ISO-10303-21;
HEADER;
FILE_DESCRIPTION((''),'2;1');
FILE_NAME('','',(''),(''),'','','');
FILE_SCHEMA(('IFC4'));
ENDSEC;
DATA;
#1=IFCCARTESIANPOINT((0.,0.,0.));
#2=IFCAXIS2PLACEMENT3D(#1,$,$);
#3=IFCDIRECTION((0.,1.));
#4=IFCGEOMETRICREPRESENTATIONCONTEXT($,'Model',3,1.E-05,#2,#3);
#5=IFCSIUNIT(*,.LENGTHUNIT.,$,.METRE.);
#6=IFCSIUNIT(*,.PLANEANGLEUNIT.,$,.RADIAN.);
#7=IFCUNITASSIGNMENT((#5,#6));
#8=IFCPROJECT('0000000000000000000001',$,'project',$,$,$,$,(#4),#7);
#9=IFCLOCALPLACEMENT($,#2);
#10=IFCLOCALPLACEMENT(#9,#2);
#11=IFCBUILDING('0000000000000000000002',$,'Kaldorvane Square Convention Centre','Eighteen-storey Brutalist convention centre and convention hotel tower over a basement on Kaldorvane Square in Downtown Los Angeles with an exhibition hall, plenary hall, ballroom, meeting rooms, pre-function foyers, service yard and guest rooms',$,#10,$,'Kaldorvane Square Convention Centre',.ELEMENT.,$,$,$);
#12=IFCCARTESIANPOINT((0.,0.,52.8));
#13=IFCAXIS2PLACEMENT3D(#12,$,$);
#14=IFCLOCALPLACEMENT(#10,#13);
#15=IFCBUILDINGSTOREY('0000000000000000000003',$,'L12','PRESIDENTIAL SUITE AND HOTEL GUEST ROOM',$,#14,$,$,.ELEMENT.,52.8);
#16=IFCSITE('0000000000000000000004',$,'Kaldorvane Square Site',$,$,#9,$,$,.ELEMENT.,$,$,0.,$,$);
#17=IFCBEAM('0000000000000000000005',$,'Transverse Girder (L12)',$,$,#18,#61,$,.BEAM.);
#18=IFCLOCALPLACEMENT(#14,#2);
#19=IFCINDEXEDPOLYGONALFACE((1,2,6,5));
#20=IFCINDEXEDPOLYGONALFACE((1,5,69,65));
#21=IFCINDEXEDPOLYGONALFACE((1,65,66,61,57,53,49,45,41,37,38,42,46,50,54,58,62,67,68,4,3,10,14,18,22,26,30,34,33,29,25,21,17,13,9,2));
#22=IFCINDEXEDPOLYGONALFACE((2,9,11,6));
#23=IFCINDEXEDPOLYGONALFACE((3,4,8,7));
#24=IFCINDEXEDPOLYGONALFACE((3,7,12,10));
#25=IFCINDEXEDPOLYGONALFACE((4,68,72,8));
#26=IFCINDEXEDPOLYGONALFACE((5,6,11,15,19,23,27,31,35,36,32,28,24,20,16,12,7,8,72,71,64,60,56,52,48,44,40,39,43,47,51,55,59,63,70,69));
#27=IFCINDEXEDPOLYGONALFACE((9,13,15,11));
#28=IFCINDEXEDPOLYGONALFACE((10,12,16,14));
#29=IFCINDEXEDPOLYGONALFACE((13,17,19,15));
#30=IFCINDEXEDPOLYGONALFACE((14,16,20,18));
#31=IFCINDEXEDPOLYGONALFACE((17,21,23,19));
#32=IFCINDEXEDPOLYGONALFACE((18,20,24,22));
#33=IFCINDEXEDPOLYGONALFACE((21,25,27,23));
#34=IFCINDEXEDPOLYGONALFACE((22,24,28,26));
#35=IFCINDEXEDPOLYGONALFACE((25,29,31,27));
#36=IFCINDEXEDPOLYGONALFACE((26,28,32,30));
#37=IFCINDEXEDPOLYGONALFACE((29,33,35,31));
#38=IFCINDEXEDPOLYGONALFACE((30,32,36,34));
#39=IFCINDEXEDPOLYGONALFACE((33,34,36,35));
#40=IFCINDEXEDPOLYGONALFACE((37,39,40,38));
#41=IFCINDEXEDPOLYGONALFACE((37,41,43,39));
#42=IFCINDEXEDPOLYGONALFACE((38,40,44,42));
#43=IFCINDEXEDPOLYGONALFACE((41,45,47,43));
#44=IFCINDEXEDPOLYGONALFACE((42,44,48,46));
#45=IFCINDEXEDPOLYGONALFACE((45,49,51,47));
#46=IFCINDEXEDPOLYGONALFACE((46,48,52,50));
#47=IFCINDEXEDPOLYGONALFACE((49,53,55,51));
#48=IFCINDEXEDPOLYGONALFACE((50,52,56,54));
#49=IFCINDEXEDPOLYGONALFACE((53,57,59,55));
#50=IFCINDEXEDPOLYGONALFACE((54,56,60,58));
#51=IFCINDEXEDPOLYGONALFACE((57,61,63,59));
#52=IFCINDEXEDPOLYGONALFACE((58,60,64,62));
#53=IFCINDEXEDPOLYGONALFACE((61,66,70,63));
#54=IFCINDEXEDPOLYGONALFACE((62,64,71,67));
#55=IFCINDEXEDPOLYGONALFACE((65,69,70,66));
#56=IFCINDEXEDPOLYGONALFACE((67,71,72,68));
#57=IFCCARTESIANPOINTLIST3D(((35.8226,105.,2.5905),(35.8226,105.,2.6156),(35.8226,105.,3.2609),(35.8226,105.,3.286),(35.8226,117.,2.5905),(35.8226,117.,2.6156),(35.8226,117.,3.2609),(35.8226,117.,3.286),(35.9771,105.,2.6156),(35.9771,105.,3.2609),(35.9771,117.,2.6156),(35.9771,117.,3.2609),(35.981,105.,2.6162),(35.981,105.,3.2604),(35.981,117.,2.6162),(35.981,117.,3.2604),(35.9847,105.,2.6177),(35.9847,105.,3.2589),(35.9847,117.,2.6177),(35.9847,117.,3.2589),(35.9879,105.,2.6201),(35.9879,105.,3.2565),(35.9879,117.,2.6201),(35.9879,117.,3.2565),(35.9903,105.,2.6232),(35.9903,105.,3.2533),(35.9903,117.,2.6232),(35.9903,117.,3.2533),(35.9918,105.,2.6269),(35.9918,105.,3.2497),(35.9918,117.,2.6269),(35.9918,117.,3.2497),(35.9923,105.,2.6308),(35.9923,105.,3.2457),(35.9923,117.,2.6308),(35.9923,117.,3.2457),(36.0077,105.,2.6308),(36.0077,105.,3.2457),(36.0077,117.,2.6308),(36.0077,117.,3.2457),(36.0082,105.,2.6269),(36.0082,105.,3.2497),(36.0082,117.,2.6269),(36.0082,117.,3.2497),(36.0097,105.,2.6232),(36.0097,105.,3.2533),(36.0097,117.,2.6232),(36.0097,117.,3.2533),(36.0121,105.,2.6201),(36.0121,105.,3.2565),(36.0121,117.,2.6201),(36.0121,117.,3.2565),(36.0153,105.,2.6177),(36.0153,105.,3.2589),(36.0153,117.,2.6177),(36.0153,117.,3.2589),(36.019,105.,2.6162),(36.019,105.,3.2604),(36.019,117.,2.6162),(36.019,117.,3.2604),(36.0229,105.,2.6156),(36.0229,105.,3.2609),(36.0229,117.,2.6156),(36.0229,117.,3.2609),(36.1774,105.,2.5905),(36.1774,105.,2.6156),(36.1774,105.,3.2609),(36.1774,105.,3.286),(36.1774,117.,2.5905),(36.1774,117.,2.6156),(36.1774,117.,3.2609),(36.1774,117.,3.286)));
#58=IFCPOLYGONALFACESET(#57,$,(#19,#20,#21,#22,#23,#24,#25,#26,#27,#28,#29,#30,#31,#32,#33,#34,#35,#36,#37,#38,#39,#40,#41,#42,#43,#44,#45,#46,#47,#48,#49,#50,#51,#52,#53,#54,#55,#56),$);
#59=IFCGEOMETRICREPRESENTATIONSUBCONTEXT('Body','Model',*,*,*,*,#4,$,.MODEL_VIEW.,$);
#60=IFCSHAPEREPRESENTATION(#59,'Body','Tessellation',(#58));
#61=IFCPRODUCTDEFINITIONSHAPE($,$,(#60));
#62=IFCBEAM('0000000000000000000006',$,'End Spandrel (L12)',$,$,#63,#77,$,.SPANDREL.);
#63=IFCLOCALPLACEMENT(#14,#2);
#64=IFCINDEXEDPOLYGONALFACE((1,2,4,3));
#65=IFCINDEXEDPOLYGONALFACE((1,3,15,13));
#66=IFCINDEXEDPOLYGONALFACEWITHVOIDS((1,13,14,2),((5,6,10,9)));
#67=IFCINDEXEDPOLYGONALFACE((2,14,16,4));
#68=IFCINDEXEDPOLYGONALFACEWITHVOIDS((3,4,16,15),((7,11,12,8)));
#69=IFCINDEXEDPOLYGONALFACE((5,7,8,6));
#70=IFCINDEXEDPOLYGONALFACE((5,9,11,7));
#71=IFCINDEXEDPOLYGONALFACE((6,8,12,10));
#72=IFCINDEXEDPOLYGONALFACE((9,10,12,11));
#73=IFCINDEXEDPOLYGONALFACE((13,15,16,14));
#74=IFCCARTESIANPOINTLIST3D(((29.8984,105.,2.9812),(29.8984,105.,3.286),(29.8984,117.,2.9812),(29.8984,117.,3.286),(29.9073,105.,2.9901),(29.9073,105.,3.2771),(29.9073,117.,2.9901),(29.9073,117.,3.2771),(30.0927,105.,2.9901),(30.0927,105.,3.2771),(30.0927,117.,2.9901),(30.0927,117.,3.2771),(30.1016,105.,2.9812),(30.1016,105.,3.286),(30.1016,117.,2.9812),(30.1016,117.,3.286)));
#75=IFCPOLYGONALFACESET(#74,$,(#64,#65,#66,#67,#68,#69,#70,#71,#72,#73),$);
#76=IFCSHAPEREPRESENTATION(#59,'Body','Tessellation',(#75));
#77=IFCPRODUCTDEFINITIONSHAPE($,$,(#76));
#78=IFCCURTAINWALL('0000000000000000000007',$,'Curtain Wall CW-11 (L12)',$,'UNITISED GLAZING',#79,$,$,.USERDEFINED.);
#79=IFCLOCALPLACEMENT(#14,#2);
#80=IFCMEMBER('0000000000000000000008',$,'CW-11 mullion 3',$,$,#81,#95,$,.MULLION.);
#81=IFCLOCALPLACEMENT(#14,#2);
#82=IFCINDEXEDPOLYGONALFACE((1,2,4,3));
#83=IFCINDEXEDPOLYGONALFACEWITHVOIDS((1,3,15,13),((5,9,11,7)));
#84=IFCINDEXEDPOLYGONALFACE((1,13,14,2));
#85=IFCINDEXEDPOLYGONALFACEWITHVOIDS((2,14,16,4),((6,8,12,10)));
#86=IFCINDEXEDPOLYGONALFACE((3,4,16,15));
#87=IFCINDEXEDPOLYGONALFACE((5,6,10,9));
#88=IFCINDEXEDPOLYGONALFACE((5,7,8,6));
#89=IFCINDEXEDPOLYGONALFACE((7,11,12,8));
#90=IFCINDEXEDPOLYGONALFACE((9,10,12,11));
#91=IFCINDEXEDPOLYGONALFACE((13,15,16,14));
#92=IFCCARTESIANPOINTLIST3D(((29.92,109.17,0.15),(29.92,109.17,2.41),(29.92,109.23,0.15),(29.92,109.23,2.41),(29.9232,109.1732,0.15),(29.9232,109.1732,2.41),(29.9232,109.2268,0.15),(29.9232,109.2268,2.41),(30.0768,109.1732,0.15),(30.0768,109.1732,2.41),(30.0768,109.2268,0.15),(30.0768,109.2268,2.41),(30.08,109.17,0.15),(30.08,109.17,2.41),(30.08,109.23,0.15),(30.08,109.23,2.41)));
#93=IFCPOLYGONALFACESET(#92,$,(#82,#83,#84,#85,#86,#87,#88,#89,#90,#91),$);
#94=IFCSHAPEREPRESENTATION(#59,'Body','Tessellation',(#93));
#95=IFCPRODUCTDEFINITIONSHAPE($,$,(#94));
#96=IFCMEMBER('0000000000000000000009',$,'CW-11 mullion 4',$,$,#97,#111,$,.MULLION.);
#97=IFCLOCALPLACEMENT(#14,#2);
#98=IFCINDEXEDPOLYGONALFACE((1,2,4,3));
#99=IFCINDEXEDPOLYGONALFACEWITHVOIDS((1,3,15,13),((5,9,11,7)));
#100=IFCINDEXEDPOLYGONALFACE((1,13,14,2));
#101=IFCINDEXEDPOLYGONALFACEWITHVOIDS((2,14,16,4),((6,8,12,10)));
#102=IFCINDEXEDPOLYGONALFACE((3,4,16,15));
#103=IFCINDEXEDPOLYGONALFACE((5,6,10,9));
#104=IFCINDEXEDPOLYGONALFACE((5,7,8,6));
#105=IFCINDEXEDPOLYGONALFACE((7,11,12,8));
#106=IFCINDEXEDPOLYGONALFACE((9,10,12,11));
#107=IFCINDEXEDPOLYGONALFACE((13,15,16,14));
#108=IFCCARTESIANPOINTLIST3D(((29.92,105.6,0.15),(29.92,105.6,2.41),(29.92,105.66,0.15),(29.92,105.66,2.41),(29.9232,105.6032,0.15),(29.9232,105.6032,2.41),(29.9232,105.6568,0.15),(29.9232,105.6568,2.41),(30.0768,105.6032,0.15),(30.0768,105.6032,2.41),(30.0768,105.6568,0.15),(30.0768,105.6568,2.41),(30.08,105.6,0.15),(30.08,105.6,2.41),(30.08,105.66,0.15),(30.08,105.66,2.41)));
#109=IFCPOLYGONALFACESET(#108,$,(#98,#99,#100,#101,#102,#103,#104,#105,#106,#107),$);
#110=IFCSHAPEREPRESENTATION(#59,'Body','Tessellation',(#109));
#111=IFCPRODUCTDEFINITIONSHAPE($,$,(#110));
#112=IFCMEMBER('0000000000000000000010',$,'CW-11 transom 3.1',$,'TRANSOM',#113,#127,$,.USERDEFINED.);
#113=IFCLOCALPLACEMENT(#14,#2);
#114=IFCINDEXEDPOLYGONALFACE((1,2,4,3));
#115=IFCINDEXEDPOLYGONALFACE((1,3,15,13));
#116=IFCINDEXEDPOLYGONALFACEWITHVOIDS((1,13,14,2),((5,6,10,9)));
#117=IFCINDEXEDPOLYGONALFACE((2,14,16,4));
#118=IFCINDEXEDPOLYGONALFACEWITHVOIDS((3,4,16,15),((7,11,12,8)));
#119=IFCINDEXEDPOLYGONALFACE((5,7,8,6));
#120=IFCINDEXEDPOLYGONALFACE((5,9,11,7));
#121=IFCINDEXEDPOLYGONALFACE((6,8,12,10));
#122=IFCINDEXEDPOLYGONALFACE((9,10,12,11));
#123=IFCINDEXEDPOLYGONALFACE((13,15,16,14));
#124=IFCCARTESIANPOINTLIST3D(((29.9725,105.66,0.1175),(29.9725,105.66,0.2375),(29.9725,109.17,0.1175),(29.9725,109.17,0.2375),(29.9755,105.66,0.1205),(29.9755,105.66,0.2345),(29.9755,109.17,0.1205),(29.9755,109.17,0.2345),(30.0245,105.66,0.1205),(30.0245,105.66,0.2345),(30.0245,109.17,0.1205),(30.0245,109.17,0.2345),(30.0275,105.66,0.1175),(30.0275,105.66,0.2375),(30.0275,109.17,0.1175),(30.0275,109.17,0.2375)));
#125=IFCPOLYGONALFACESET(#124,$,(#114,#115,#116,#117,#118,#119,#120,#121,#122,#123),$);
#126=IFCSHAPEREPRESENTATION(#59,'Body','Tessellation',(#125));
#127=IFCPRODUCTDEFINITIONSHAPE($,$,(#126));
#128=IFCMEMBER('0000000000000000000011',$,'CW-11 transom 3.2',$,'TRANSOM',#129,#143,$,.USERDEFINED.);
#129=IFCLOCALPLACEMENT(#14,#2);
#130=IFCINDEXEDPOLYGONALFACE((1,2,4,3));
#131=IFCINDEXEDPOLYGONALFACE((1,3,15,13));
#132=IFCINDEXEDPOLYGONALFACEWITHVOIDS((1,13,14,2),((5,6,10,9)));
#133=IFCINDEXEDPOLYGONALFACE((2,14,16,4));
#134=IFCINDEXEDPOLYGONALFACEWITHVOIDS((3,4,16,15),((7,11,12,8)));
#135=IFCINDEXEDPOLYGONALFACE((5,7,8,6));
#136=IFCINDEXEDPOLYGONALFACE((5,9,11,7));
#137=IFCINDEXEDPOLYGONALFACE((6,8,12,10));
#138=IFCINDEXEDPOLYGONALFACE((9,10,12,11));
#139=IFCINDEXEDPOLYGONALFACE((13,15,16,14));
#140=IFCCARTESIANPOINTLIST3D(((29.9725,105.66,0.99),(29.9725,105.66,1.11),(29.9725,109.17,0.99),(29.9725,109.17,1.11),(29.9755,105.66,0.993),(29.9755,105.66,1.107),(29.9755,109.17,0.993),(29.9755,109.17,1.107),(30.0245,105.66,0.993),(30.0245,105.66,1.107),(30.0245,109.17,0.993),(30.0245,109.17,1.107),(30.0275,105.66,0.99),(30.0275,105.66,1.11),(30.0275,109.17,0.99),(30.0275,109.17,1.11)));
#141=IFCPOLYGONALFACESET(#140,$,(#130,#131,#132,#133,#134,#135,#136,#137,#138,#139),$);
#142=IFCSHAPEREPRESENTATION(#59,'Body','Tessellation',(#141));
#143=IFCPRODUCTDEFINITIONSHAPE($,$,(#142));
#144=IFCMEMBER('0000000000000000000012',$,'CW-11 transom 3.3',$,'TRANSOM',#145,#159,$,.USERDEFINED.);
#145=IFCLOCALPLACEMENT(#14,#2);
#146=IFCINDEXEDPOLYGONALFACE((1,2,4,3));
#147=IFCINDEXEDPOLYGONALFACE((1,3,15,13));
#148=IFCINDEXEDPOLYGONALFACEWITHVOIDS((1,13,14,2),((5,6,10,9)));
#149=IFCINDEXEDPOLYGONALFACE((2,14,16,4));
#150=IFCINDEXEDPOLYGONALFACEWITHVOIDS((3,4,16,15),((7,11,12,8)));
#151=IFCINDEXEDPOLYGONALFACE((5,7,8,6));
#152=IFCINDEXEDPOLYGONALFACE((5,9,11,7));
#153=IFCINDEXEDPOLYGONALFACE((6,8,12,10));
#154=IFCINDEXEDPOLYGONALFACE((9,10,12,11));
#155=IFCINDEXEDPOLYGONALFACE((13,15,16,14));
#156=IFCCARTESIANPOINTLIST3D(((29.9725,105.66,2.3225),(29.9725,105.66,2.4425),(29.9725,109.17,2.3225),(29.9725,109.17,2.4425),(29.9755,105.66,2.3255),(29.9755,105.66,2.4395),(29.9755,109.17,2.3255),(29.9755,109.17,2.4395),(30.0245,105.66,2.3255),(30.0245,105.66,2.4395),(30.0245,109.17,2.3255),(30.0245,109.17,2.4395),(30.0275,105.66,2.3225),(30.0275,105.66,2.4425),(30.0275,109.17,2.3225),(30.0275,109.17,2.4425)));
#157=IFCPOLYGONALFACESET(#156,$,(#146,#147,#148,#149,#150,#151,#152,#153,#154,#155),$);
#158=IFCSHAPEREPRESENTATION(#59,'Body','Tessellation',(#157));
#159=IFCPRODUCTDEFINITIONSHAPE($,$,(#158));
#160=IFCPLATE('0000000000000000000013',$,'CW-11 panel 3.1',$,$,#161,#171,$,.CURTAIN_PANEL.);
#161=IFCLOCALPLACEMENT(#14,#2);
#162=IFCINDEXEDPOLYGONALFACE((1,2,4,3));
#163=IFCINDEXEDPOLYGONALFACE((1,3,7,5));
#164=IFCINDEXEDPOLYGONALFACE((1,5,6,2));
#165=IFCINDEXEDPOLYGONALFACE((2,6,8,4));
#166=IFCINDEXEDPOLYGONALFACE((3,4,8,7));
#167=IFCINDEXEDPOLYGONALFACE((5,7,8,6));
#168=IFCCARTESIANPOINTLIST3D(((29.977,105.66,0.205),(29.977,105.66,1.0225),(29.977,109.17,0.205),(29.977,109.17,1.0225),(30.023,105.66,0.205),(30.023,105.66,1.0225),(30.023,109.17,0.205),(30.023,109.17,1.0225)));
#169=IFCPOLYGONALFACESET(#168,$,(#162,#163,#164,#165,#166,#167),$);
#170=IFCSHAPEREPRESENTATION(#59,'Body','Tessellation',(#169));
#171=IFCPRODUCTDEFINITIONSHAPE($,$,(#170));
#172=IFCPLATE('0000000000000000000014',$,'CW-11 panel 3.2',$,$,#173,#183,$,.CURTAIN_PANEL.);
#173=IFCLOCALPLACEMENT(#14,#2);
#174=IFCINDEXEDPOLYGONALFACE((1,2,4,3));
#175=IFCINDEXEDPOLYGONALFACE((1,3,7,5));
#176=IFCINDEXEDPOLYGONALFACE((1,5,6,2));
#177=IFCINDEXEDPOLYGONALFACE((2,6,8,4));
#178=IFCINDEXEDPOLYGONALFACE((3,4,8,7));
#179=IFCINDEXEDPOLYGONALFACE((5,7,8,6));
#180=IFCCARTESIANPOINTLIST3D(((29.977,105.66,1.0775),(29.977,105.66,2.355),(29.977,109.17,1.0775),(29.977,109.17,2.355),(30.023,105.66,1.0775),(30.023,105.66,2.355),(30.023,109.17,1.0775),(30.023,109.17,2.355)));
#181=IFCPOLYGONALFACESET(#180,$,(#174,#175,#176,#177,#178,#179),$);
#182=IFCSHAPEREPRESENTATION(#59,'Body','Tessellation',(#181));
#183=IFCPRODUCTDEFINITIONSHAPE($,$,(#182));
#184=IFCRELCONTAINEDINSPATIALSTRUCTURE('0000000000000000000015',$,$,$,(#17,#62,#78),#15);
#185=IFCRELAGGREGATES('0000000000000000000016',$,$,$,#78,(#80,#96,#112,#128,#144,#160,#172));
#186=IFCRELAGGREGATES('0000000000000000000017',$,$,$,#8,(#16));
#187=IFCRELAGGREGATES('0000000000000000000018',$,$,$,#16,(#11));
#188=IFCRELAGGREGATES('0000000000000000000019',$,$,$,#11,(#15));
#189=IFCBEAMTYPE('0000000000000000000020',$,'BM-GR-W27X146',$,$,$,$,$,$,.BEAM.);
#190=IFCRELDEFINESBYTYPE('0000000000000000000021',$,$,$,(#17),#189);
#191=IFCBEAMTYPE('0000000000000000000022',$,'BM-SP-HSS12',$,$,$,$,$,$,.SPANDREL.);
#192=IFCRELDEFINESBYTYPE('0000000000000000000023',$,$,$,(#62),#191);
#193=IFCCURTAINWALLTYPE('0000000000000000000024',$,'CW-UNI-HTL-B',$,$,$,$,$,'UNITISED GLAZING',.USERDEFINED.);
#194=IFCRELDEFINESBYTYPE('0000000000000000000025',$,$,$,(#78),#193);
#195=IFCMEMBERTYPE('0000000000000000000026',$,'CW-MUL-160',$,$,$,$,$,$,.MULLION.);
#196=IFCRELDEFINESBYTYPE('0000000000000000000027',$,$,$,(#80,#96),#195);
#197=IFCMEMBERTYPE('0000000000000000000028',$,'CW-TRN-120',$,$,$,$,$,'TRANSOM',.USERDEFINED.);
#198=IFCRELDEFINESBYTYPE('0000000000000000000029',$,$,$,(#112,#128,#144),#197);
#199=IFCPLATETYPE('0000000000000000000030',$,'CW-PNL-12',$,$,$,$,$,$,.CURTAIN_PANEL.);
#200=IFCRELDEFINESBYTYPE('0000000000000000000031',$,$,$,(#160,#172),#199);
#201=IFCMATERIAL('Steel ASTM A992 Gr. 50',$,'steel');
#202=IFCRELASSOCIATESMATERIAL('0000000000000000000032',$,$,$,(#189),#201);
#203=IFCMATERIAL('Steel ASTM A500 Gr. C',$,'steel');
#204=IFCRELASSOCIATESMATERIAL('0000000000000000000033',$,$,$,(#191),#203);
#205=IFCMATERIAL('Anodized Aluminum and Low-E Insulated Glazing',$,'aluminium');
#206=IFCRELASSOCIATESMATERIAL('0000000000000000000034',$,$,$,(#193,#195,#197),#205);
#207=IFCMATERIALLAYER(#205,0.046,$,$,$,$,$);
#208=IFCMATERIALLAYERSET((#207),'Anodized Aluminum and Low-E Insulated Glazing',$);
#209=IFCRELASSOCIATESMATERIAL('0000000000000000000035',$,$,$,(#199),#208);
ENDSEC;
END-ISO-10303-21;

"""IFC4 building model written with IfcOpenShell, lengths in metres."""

from ifc_helpers import new_model, si_unit, direction, frame, origin, origin_2d, place, context, subcontext, project, spatial, rectangle, hollow_rectangle, i_section, extrude, material, layer, layer_set, material_profile, profile_set, type_object, element, aggregate, save


model = new_model("IFC4")

# Units and contexts
model_context = context("Model", 3, precision=1e-05, world=origin(), true_north=direction((0.0, 1.0)))
body_context = subcontext(model_context, "Body", "Model", "MODEL_VIEW")
ifc_project = project(units=[si_unit("LENGTHUNIT", "METRE"), si_unit("PLANEANGLEUNIT", "RADIAN")], contexts=[model_context])

# Site, building, storey
site_placement = place(None, origin())
site = spatial("IfcSite", under=ifc_project, at=site_placement, Name="Kaldorvane Square Site", CompositionType="ELEMENT", RefElevation=0.0)
building_placement = place(site_placement, origin())
building = spatial("IfcBuilding", under=site, at=building_placement, Name="Kaldorvane Square Convention Centre", Description="Eighteen-storey Brutalist convention centre and convention hotel tower over a basement on Kaldorvane Square in Downtown Los Angeles with an exhibition hall, plenary hall, ballroom, meeting rooms, pre-function foyers, service yard and guest rooms", LongName="Kaldorvane Square Convention Centre", CompositionType="ELEMENT")
storey_placement = place(building_placement, frame((0.0, 0.0, 52.8)))
storey = spatial("IfcBuildingStorey", under=building, at=storey_placement, Name="L12", Description="PRESIDENTIAL SUITE AND HOTEL GUEST ROOM", CompositionType="ELEMENT", Elevation=52.8)

# Shared definitions
ifc_material_1 = material(Name="Steel ASTM A992 Gr. 50", Category="steel")

# Beams
ifc_material_profile_1 = material_profile(ifc_material_1, i_section(OverallWidth=0.3547, OverallDepth=0.6955, WebThickness=0.0154, FlangeThickness=0.0251, FilletRadius=0.0152, at=origin_2d()), Name="W27X146")
ifc_profile_set_1 = profile_set([ifc_material_profile_1], Name="Steel ASTM A992 Gr. 50")
beam_type_1 = type_object("IfcBeamType", Name="BM-GR-W27X146", PredefinedType="BEAM", material=ifc_profile_set_1)
beam_1_placement = place(storey_placement, frame((36.0, 105.0, 2.9383), z_axis=(0.0, 1.0, 0.0), x_axis=(-1.0, 0.0, 0.0)))
element("IfcBeam", 1, at=beam_1_placement, inside=storey, type_object=beam_type_1, Name="Transverse Girder (L12)", PredefinedType="BEAM", context=body_context, shape_type="SweptSolid", body=[
    extrude(i_section(OverallWidth=0.3547, OverallDepth=0.6955, WebThickness=0.0154, FlangeThickness=0.0251, FilletRadius=0.0152, at=origin_2d()), origin(), (0.0, 0.0, 1.0), 12.0),
])
ifc_material_2 = material(Name="Steel ASTM A500 Gr. C", Category="steel")
ifc_material_profile_2 = material_profile(ifc_material_2, hollow_rectangle(XDim=0.2032, YDim=0.3048, WallThickness=0.0089, at=origin_2d()), Name="HSS12X8X3/8")
ifc_profile_set_2 = profile_set([ifc_material_profile_2], Name="Steel ASTM A500 Gr. C")
beam_type_2 = type_object("IfcBeamType", Name="BM-SP-HSS12", PredefinedType="SPANDREL", material=ifc_profile_set_2)
beam_2_placement = place(storey_placement, frame((30.0, 105.0, 3.1336), z_axis=(0.0, 1.0, 0.0), x_axis=(-1.0, 0.0, 0.0)))
element("IfcBeam", 2, at=beam_2_placement, inside=storey, type_object=beam_type_2, Name="End Spandrel (L12)", PredefinedType="SPANDREL", context=body_context, shape_type="SweptSolid", body=[
    extrude(hollow_rectangle(XDim=0.2032, YDim=0.3048, WallThickness=0.0089, at=origin_2d()), origin(), (0.0, 0.0, 1.0), 12.0),
])

# Curtain wall, members, plates
ifc_material_3 = material(Name="Anodized Aluminum and Low-E Insulated Glazing", Category="aluminium")
curtain_wall_type = type_object("IfcCurtainWallType", Name="CW-UNI-HTL-B", ElementType="UNITISED GLAZING", PredefinedType="USERDEFINED", material=ifc_material_3)
curtain_wall_placement = place(storey_placement, origin())
curtain_wall = element("IfcCurtainWall", 3, at=curtain_wall_placement, inside=storey, type_object=curtain_wall_type, Name="Curtain Wall CW-11 (L12)", ObjectType="UNITISED GLAZING", PredefinedType="USERDEFINED")
ifc_material_profile_3 = material_profile(ifc_material_3, hollow_rectangle(XDim=0.06, YDim=0.16, WallThickness=0.0032, at=origin_2d()), Name="CWM-160X60")
ifc_profile_set_3 = profile_set([ifc_material_profile_3], Name="Anodized Aluminum and Low-E Insulated Glazing")
member_type_1 = type_object("IfcMemberType", Name="CW-MUL-160", PredefinedType="MULLION", material=ifc_profile_set_3)
member_1_placement = place(storey_placement, frame((30.0, 109.2, 0.15), z_axis=(0.0, 0.0, 1.0), x_axis=(0.0, -1.0, 0.0)))
member_1 = element("IfcMember", 4, at=member_1_placement, type_object=member_type_1, Name="CW-11 mullion 3", PredefinedType="MULLION", context=body_context, shape_type="SweptSolid", body=[
    extrude(hollow_rectangle(XDim=0.06, YDim=0.16, WallThickness=0.0032, at=origin_2d()), origin(), (0.0, 0.0, 1.0), 2.26),
])
member_2_placement = place(storey_placement, frame((30.0, 105.63, 0.15), z_axis=(0.0, 0.0, 1.0), x_axis=(0.0, -1.0, 0.0)))
member_2 = element("IfcMember", 5, at=member_2_placement, type_object=member_type_1, Name="CW-11 mullion 4", PredefinedType="MULLION", context=body_context, shape_type="SweptSolid", body=[
    extrude(hollow_rectangle(XDim=0.06, YDim=0.16, WallThickness=0.0032, at=origin_2d()), origin(), (0.0, 0.0, 1.0), 2.26),
])
ifc_material_profile_4 = material_profile(ifc_material_3, hollow_rectangle(XDim=0.055, YDim=0.12, WallThickness=0.003, at=origin_2d()), Name="CWT-120X55")
ifc_profile_set_4 = profile_set([ifc_material_profile_4], Name="Anodized Aluminum and Low-E Insulated Glazing")
member_type_2 = type_object("IfcMemberType", Name="CW-TRN-120", ElementType="TRANSOM", PredefinedType="USERDEFINED", material=ifc_profile_set_4)
member_3_placement = place(storey_placement, frame((30.0, 109.17, 0.1775), z_axis=(0.0, -1.0, 0.0), x_axis=(1.0, 0.0, 0.0)))
member_3 = element("IfcMember", 6, at=member_3_placement, type_object=member_type_2, Name="CW-11 transom 3.1", ObjectType="TRANSOM", PredefinedType="USERDEFINED", context=body_context, shape_type="SweptSolid", body=[
    extrude(hollow_rectangle(XDim=0.055, YDim=0.12, WallThickness=0.003, at=origin_2d()), origin(), (0.0, 0.0, 1.0), 3.51),
])
member_4_placement = place(storey_placement, frame((30.0, 109.17, 1.05), z_axis=(0.0, -1.0, 0.0), x_axis=(1.0, 0.0, 0.0)))
member_4 = element("IfcMember", 7, at=member_4_placement, type_object=member_type_2, Name="CW-11 transom 3.2", ObjectType="TRANSOM", PredefinedType="USERDEFINED", context=body_context, shape_type="SweptSolid", body=[
    extrude(hollow_rectangle(XDim=0.055, YDim=0.12, WallThickness=0.003, at=origin_2d()), origin(), (0.0, 0.0, 1.0), 3.51),
])
member_5_placement = place(storey_placement, frame((30.0, 109.17, 2.3825), z_axis=(0.0, -1.0, 0.0), x_axis=(1.0, 0.0, 0.0)))
member_5 = element("IfcMember", 8, at=member_5_placement, type_object=member_type_2, Name="CW-11 transom 3.3", ObjectType="TRANSOM", PredefinedType="USERDEFINED", context=body_context, shape_type="SweptSolid", body=[
    extrude(hollow_rectangle(XDim=0.055, YDim=0.12, WallThickness=0.003, at=origin_2d()), origin(), (0.0, 0.0, 1.0), 3.51),
])
ifc_layer_1 = layer(ifc_material_3, 0.046)
ifc_layer_set_1 = layer_set([ifc_layer_1], Name="Anodized Aluminum and Low-E Insulated Glazing")
plate_type = type_object("IfcPlateType", Name="CW-PNL-12", PredefinedType="CURTAIN_PANEL", material=ifc_layer_set_1)
plate_1_placement = place(storey_placement, frame((30.0, 107.415, 0.205), z_axis=(0.0, 0.0, 1.0), x_axis=(0.0, -1.0, 0.0)))
plate_1 = element("IfcPlate", 9, at=plate_1_placement, type_object=plate_type, Name="CW-11 panel 3.1", PredefinedType="CURTAIN_PANEL", context=body_context, shape_type="SweptSolid", body=[
    extrude(rectangle(XDim=3.51, YDim=0.046, at=origin_2d()), origin(), (0.0, 0.0, 1.0), 0.8175),
])
plate_2_placement = place(storey_placement, frame((30.0, 107.415, 1.0775), z_axis=(0.0, 0.0, 1.0), x_axis=(0.0, -1.0, 0.0)))
plate_2 = element("IfcPlate", 10, at=plate_2_placement, type_object=plate_type, Name="CW-11 panel 3.2", PredefinedType="CURTAIN_PANEL", context=body_context, shape_type="SweptSolid", body=[
    extrude(rectangle(XDim=3.51, YDim=0.046, at=origin_2d()), origin(), (0.0, 0.0, 1.0), 1.2775),
])
aggregate(curtain_wall, [member_1, member_2, member_3, member_4, member_5, plate_1, plate_2])

save(model, "model.ifc")
